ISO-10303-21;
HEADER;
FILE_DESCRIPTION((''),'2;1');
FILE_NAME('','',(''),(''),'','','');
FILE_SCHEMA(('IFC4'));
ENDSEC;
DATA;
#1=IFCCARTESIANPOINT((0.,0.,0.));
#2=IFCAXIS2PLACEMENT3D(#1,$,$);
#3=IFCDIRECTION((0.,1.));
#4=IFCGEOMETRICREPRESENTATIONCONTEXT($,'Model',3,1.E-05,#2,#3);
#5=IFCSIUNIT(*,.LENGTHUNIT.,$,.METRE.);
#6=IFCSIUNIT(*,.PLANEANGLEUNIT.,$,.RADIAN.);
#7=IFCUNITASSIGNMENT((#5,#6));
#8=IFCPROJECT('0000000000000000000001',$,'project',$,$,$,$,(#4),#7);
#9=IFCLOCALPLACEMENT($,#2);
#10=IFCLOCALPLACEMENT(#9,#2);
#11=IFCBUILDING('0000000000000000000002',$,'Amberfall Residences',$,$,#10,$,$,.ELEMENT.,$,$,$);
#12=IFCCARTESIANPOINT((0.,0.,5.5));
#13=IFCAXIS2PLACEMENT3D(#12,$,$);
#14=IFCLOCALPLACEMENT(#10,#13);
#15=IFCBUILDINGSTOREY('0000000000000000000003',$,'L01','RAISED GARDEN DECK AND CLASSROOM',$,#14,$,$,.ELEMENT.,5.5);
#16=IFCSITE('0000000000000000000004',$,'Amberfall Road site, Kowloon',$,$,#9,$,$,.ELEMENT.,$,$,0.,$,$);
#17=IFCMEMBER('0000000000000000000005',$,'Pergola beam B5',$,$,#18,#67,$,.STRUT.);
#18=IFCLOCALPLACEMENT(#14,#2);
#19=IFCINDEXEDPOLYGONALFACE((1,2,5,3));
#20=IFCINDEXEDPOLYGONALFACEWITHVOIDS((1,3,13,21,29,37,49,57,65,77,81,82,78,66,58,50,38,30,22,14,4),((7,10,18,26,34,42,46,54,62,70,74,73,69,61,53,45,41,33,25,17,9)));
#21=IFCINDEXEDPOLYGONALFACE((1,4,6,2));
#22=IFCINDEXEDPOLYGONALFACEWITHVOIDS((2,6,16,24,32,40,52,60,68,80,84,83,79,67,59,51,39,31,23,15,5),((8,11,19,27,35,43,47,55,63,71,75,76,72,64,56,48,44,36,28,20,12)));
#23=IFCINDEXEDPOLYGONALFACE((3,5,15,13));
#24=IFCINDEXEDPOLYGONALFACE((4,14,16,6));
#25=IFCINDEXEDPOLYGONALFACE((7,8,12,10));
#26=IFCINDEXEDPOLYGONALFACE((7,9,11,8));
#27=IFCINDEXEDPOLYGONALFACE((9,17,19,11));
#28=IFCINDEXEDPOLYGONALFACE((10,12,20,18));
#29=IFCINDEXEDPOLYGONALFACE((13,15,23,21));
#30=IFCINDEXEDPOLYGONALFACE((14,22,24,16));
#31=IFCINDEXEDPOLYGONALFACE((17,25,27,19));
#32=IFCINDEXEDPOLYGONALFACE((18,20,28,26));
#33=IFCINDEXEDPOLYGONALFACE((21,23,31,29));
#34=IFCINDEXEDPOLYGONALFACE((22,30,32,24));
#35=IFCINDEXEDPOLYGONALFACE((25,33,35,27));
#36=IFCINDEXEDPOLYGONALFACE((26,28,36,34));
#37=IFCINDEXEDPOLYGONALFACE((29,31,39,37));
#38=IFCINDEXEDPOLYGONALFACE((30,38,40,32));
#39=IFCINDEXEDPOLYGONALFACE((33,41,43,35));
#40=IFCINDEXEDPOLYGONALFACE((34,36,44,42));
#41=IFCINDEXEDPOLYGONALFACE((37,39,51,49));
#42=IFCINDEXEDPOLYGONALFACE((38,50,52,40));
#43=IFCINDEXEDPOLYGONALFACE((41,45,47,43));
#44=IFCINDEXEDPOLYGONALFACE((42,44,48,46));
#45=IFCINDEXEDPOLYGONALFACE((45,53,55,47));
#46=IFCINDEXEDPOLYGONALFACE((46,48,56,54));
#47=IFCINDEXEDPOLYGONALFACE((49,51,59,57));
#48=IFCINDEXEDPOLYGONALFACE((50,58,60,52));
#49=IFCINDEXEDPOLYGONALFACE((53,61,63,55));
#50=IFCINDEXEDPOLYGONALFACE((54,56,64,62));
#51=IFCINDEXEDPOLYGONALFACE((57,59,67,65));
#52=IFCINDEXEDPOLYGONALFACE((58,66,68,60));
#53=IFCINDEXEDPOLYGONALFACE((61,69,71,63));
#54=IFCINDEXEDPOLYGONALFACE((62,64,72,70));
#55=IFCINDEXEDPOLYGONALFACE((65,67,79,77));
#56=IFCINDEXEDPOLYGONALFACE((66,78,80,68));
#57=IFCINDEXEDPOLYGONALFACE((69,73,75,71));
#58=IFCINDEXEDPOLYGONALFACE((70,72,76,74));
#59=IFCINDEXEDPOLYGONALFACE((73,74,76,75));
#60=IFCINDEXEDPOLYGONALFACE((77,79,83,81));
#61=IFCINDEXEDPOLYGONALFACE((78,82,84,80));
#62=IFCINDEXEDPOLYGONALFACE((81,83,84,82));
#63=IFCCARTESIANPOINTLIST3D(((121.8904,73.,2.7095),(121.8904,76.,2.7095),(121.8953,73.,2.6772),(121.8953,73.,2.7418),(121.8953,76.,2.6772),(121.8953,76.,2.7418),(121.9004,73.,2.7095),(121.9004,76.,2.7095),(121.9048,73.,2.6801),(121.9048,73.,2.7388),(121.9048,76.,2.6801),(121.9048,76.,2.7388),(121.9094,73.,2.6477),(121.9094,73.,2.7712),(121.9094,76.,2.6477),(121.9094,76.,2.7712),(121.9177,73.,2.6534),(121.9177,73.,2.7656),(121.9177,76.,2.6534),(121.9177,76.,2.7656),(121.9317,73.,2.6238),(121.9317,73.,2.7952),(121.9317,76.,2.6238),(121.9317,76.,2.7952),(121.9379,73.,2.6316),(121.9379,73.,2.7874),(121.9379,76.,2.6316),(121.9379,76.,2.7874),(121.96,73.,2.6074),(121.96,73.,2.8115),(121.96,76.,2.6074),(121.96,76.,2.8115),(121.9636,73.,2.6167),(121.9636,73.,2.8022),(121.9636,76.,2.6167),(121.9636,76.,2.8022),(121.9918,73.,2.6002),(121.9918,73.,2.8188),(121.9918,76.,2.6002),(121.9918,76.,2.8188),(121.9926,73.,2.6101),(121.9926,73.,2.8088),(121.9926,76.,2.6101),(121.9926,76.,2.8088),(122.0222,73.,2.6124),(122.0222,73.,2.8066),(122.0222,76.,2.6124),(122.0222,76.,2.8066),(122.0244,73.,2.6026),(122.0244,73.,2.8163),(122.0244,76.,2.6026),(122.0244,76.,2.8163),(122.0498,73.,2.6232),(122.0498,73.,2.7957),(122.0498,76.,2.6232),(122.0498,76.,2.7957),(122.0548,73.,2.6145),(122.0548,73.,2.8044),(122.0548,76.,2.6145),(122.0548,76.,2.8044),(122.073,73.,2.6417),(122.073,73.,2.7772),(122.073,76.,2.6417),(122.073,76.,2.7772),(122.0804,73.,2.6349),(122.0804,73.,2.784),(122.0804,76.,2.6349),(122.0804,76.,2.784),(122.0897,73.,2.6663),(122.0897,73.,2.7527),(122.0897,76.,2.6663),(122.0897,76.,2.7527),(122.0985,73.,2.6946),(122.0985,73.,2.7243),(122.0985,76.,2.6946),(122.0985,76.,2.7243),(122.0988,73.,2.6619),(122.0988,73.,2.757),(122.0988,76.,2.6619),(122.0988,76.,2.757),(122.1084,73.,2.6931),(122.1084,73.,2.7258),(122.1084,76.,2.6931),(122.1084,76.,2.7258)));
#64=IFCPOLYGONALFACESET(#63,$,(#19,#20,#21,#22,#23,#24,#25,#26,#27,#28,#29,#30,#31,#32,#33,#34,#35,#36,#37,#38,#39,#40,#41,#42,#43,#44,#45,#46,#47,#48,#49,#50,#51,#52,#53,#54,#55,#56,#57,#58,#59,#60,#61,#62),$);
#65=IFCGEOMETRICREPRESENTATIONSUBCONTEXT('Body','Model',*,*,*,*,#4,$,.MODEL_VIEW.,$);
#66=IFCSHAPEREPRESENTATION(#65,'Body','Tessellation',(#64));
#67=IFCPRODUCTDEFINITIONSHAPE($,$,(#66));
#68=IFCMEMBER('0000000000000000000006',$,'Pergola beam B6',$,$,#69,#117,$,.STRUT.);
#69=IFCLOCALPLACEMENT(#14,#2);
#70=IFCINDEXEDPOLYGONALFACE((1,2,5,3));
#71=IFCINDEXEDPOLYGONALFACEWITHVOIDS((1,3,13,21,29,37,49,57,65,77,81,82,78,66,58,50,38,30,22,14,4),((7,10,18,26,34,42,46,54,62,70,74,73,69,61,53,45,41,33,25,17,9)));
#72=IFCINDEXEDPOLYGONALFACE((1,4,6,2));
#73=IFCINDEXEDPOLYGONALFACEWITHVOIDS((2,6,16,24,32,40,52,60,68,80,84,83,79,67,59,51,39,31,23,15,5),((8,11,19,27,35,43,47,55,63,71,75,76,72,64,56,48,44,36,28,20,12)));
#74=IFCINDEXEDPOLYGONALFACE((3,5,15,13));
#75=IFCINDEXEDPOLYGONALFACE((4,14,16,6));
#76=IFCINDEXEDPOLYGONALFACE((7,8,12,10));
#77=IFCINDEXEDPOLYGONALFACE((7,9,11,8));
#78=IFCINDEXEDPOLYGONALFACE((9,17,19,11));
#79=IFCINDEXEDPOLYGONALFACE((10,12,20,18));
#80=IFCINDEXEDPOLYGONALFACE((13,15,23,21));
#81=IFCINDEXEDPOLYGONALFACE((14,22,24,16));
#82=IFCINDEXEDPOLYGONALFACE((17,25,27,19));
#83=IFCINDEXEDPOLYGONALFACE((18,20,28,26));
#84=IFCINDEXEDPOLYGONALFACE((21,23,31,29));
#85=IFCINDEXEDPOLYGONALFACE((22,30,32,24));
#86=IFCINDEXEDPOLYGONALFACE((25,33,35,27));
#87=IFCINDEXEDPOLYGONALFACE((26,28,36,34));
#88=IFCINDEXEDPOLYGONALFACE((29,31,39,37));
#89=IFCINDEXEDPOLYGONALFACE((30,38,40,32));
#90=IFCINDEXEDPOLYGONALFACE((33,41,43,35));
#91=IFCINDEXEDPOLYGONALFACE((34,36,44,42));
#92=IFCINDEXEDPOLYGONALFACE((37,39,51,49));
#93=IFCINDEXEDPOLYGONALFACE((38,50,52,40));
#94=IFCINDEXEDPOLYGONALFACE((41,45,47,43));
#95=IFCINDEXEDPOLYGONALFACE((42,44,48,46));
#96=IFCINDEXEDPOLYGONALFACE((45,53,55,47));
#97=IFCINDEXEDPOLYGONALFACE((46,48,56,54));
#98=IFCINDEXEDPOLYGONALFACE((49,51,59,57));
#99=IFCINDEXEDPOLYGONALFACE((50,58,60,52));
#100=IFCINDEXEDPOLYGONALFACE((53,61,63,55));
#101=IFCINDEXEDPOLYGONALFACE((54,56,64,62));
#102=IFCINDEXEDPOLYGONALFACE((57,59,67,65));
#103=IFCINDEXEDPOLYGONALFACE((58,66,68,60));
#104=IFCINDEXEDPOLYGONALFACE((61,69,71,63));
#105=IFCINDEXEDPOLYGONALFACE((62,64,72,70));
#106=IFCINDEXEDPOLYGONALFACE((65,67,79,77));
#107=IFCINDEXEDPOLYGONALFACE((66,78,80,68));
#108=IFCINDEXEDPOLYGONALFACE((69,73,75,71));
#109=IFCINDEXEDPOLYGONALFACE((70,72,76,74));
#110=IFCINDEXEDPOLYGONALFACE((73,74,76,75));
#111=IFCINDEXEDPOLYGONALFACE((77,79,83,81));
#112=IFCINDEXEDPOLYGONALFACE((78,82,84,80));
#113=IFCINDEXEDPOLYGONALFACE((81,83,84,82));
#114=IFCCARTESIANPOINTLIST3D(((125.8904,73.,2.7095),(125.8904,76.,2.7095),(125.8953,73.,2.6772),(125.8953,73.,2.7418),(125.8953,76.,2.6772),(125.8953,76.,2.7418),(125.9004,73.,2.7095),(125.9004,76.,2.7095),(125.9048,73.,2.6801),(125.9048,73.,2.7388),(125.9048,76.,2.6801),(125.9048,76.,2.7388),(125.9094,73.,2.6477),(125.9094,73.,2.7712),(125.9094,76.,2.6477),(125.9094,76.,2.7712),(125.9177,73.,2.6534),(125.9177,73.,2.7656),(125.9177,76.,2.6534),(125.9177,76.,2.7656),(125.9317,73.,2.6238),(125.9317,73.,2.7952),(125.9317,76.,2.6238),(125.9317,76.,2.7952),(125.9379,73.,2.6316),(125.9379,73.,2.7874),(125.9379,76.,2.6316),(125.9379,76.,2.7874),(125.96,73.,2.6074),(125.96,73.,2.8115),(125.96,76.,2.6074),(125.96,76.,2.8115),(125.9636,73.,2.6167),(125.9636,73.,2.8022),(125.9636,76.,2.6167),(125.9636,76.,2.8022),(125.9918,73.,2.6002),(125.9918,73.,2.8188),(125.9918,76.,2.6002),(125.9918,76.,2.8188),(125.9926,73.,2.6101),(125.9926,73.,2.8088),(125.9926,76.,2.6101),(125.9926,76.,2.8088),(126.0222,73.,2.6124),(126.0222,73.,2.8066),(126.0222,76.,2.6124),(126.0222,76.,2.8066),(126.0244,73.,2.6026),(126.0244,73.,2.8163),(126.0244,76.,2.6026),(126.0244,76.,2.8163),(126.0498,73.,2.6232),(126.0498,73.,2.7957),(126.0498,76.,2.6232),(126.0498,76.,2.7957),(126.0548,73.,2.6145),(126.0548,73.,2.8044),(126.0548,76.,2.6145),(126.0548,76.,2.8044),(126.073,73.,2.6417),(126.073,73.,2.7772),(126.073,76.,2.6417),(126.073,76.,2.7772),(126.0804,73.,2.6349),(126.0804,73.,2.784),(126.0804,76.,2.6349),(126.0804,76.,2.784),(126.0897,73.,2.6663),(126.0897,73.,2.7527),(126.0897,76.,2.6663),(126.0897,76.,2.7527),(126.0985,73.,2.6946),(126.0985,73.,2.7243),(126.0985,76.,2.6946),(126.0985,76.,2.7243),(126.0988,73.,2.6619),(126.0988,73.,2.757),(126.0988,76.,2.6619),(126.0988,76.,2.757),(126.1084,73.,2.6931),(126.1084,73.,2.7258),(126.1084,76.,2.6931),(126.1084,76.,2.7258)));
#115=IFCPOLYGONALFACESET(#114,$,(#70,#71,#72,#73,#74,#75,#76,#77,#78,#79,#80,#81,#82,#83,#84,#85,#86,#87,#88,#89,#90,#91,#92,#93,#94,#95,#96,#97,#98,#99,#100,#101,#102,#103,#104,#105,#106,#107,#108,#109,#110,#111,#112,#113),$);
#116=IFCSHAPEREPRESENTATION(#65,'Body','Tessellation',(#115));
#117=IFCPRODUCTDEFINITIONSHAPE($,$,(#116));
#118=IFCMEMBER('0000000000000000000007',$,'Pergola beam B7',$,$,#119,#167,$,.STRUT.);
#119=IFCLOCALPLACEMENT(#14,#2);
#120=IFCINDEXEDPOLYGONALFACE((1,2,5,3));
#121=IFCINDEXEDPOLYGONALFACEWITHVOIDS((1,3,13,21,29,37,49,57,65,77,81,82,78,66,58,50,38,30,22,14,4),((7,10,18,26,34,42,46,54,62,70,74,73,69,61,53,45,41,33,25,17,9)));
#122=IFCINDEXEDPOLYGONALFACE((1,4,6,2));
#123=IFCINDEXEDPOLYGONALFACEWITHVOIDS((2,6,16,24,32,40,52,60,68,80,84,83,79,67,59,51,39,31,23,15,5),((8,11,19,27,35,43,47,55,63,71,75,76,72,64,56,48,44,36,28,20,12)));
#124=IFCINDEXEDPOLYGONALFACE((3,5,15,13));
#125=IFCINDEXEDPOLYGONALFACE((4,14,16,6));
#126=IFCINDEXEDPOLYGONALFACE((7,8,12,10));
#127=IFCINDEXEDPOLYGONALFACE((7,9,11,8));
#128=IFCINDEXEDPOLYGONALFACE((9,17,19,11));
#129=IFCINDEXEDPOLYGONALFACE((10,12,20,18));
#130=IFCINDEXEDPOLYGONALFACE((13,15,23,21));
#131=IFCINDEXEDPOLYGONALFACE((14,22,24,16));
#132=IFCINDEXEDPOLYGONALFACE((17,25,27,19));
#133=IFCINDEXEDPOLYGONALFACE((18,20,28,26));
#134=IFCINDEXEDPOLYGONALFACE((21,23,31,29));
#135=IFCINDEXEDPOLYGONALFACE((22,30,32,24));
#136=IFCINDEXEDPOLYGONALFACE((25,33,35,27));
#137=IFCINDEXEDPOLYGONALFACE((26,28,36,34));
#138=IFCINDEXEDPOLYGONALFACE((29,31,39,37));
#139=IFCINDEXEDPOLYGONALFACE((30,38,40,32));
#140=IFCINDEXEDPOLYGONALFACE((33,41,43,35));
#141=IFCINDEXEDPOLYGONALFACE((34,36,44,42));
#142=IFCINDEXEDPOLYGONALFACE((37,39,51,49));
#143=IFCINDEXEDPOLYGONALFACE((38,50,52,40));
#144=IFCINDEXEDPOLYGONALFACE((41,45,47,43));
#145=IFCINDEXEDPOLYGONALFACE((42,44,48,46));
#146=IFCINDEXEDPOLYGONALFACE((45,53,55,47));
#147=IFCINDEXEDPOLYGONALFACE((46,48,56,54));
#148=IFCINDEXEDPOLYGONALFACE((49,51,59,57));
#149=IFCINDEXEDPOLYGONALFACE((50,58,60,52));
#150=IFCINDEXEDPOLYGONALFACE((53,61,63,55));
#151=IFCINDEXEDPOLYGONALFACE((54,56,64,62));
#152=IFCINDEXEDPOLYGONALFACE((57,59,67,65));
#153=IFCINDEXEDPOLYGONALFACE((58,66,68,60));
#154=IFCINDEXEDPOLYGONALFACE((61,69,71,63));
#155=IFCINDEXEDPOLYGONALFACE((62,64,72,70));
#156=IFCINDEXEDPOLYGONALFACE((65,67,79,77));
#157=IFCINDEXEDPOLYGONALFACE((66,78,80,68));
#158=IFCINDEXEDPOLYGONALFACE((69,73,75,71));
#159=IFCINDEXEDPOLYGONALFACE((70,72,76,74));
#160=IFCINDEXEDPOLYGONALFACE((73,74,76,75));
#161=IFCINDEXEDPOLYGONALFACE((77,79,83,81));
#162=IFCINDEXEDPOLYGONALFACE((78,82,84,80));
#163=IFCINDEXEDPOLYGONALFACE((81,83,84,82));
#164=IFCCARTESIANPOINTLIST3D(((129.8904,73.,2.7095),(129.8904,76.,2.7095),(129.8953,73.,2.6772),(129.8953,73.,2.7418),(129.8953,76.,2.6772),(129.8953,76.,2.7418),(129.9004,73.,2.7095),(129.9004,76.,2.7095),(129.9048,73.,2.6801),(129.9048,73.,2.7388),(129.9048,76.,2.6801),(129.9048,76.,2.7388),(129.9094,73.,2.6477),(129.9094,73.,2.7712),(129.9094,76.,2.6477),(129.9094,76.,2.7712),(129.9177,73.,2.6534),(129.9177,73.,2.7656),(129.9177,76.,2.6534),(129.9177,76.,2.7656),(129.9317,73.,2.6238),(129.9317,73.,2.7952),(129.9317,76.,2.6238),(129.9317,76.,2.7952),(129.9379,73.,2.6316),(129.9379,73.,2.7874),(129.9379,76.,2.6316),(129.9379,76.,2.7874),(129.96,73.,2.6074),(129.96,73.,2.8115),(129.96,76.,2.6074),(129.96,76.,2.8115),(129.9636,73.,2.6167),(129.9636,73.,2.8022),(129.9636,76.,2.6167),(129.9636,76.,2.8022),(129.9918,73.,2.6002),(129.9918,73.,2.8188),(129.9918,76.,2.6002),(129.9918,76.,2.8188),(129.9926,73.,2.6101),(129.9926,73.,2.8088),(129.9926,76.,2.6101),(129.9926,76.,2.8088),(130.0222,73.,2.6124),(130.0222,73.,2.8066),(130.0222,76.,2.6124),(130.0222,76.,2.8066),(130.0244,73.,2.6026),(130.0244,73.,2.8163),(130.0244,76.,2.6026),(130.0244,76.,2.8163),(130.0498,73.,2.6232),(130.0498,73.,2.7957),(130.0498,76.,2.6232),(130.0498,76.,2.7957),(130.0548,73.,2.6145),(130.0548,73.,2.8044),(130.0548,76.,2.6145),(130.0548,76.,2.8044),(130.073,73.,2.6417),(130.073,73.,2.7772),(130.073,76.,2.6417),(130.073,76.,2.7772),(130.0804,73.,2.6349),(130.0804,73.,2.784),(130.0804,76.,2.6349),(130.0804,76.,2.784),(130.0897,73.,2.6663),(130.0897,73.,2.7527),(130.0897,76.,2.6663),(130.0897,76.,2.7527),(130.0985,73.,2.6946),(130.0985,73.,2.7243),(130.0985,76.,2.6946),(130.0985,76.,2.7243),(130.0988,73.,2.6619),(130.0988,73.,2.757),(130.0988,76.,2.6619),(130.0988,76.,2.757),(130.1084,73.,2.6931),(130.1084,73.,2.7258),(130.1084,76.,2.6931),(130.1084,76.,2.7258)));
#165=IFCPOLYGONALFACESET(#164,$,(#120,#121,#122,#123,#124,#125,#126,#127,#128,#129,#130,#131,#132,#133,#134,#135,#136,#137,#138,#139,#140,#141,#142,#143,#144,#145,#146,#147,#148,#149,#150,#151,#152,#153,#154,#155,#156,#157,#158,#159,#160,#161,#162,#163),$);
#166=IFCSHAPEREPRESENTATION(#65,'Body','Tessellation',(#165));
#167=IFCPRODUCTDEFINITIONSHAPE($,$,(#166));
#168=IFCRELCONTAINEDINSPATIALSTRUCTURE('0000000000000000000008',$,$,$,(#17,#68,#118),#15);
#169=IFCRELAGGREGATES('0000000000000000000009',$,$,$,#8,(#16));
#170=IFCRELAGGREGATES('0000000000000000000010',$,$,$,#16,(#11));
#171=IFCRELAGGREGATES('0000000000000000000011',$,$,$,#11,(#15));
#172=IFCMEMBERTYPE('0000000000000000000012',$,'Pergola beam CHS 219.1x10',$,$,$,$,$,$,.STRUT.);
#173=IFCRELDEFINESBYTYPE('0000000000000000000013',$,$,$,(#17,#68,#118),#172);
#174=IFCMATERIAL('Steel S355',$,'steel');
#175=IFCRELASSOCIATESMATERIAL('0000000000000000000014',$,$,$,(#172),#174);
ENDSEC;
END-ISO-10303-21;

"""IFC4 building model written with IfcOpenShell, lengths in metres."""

from ifc_helpers import new_model, si_unit, direction, frame, origin, origin_2d, place, context, subcontext, project, spatial, hollow_circle, extrude, material, material_profile, profile_set, type_object, element, save


model = new_model("IFC4")

# Units and contexts
model_context = context("Model", 3, precision=1e-05, world=origin(), true_north=direction((0.0, 1.0)))
body_context = subcontext(model_context, "Body", "Model", "MODEL_VIEW")
ifc_project = project(units=[si_unit("LENGTHUNIT", "METRE"), si_unit("PLANEANGLEUNIT", "RADIAN")], contexts=[model_context])

# Site, building, storey
site_placement = place(None, origin())
site = spatial("IfcSite", under=ifc_project, at=site_placement, Name="Amberfall Road site, Kowloon", CompositionType="ELEMENT", RefElevation=0.0)
building_placement = place(site_placement, origin())
building = spatial("IfcBuilding", under=site, at=building_placement, Name="Amberfall Residences", CompositionType="ELEMENT")
storey_placement = place(building_placement, frame((0.0, 0.0, 5.5)))
storey = spatial("IfcBuildingStorey", under=building, at=storey_placement, Name="L01", Description="RAISED GARDEN DECK AND CLASSROOM", CompositionType="ELEMENT", Elevation=5.5)

# Members
ifc_material_1 = material(Name="Steel S355", Category="steel")
ifc_material_profile_1 = material_profile(ifc_material_1, hollow_circle(Radius=0.1096, WallThickness=0.01, at=origin_2d()), Name="CHS 219.1x10")
ifc_profile_set_1 = profile_set([ifc_material_profile_1], Name="Steel S355")
member_type_1 = type_object("IfcMemberType", Name="Pergola beam CHS 219.1x10", PredefinedType="STRUT", material=ifc_profile_set_1)
for number, where, z_axis, x_axis, name in (
    (1, (122.0, 73.0, 2.7095), (0.0, 1.0, 0.0), (-1.0, 0.0, 0.0), "Pergola beam B5"),
    (2, (126.0, 73.0, 2.7095), (0.0, 1.0, 0.0), (-1.0, 0.0, 0.0), "Pergola beam B6"),
    (3, (130.0, 73.0, 2.7095), (0.0, 1.0, 0.0), (-1.0, 0.0, 0.0), "Pergola beam B7"),
):
    element("IfcMember", number, at=place(storey_placement, frame(where, z_axis=z_axis, x_axis=x_axis)), inside=storey, type_object=member_type_1, Name=name, PredefinedType="STRUT", context=body_context, shape_type="SweptSolid", body=[
        extrude(hollow_circle(Radius=0.1096, WallThickness=0.01, at=origin_2d()), origin(), (0.0, 0.0, 1.0), 3.0),
    ])

save(model, "model.ifc")
